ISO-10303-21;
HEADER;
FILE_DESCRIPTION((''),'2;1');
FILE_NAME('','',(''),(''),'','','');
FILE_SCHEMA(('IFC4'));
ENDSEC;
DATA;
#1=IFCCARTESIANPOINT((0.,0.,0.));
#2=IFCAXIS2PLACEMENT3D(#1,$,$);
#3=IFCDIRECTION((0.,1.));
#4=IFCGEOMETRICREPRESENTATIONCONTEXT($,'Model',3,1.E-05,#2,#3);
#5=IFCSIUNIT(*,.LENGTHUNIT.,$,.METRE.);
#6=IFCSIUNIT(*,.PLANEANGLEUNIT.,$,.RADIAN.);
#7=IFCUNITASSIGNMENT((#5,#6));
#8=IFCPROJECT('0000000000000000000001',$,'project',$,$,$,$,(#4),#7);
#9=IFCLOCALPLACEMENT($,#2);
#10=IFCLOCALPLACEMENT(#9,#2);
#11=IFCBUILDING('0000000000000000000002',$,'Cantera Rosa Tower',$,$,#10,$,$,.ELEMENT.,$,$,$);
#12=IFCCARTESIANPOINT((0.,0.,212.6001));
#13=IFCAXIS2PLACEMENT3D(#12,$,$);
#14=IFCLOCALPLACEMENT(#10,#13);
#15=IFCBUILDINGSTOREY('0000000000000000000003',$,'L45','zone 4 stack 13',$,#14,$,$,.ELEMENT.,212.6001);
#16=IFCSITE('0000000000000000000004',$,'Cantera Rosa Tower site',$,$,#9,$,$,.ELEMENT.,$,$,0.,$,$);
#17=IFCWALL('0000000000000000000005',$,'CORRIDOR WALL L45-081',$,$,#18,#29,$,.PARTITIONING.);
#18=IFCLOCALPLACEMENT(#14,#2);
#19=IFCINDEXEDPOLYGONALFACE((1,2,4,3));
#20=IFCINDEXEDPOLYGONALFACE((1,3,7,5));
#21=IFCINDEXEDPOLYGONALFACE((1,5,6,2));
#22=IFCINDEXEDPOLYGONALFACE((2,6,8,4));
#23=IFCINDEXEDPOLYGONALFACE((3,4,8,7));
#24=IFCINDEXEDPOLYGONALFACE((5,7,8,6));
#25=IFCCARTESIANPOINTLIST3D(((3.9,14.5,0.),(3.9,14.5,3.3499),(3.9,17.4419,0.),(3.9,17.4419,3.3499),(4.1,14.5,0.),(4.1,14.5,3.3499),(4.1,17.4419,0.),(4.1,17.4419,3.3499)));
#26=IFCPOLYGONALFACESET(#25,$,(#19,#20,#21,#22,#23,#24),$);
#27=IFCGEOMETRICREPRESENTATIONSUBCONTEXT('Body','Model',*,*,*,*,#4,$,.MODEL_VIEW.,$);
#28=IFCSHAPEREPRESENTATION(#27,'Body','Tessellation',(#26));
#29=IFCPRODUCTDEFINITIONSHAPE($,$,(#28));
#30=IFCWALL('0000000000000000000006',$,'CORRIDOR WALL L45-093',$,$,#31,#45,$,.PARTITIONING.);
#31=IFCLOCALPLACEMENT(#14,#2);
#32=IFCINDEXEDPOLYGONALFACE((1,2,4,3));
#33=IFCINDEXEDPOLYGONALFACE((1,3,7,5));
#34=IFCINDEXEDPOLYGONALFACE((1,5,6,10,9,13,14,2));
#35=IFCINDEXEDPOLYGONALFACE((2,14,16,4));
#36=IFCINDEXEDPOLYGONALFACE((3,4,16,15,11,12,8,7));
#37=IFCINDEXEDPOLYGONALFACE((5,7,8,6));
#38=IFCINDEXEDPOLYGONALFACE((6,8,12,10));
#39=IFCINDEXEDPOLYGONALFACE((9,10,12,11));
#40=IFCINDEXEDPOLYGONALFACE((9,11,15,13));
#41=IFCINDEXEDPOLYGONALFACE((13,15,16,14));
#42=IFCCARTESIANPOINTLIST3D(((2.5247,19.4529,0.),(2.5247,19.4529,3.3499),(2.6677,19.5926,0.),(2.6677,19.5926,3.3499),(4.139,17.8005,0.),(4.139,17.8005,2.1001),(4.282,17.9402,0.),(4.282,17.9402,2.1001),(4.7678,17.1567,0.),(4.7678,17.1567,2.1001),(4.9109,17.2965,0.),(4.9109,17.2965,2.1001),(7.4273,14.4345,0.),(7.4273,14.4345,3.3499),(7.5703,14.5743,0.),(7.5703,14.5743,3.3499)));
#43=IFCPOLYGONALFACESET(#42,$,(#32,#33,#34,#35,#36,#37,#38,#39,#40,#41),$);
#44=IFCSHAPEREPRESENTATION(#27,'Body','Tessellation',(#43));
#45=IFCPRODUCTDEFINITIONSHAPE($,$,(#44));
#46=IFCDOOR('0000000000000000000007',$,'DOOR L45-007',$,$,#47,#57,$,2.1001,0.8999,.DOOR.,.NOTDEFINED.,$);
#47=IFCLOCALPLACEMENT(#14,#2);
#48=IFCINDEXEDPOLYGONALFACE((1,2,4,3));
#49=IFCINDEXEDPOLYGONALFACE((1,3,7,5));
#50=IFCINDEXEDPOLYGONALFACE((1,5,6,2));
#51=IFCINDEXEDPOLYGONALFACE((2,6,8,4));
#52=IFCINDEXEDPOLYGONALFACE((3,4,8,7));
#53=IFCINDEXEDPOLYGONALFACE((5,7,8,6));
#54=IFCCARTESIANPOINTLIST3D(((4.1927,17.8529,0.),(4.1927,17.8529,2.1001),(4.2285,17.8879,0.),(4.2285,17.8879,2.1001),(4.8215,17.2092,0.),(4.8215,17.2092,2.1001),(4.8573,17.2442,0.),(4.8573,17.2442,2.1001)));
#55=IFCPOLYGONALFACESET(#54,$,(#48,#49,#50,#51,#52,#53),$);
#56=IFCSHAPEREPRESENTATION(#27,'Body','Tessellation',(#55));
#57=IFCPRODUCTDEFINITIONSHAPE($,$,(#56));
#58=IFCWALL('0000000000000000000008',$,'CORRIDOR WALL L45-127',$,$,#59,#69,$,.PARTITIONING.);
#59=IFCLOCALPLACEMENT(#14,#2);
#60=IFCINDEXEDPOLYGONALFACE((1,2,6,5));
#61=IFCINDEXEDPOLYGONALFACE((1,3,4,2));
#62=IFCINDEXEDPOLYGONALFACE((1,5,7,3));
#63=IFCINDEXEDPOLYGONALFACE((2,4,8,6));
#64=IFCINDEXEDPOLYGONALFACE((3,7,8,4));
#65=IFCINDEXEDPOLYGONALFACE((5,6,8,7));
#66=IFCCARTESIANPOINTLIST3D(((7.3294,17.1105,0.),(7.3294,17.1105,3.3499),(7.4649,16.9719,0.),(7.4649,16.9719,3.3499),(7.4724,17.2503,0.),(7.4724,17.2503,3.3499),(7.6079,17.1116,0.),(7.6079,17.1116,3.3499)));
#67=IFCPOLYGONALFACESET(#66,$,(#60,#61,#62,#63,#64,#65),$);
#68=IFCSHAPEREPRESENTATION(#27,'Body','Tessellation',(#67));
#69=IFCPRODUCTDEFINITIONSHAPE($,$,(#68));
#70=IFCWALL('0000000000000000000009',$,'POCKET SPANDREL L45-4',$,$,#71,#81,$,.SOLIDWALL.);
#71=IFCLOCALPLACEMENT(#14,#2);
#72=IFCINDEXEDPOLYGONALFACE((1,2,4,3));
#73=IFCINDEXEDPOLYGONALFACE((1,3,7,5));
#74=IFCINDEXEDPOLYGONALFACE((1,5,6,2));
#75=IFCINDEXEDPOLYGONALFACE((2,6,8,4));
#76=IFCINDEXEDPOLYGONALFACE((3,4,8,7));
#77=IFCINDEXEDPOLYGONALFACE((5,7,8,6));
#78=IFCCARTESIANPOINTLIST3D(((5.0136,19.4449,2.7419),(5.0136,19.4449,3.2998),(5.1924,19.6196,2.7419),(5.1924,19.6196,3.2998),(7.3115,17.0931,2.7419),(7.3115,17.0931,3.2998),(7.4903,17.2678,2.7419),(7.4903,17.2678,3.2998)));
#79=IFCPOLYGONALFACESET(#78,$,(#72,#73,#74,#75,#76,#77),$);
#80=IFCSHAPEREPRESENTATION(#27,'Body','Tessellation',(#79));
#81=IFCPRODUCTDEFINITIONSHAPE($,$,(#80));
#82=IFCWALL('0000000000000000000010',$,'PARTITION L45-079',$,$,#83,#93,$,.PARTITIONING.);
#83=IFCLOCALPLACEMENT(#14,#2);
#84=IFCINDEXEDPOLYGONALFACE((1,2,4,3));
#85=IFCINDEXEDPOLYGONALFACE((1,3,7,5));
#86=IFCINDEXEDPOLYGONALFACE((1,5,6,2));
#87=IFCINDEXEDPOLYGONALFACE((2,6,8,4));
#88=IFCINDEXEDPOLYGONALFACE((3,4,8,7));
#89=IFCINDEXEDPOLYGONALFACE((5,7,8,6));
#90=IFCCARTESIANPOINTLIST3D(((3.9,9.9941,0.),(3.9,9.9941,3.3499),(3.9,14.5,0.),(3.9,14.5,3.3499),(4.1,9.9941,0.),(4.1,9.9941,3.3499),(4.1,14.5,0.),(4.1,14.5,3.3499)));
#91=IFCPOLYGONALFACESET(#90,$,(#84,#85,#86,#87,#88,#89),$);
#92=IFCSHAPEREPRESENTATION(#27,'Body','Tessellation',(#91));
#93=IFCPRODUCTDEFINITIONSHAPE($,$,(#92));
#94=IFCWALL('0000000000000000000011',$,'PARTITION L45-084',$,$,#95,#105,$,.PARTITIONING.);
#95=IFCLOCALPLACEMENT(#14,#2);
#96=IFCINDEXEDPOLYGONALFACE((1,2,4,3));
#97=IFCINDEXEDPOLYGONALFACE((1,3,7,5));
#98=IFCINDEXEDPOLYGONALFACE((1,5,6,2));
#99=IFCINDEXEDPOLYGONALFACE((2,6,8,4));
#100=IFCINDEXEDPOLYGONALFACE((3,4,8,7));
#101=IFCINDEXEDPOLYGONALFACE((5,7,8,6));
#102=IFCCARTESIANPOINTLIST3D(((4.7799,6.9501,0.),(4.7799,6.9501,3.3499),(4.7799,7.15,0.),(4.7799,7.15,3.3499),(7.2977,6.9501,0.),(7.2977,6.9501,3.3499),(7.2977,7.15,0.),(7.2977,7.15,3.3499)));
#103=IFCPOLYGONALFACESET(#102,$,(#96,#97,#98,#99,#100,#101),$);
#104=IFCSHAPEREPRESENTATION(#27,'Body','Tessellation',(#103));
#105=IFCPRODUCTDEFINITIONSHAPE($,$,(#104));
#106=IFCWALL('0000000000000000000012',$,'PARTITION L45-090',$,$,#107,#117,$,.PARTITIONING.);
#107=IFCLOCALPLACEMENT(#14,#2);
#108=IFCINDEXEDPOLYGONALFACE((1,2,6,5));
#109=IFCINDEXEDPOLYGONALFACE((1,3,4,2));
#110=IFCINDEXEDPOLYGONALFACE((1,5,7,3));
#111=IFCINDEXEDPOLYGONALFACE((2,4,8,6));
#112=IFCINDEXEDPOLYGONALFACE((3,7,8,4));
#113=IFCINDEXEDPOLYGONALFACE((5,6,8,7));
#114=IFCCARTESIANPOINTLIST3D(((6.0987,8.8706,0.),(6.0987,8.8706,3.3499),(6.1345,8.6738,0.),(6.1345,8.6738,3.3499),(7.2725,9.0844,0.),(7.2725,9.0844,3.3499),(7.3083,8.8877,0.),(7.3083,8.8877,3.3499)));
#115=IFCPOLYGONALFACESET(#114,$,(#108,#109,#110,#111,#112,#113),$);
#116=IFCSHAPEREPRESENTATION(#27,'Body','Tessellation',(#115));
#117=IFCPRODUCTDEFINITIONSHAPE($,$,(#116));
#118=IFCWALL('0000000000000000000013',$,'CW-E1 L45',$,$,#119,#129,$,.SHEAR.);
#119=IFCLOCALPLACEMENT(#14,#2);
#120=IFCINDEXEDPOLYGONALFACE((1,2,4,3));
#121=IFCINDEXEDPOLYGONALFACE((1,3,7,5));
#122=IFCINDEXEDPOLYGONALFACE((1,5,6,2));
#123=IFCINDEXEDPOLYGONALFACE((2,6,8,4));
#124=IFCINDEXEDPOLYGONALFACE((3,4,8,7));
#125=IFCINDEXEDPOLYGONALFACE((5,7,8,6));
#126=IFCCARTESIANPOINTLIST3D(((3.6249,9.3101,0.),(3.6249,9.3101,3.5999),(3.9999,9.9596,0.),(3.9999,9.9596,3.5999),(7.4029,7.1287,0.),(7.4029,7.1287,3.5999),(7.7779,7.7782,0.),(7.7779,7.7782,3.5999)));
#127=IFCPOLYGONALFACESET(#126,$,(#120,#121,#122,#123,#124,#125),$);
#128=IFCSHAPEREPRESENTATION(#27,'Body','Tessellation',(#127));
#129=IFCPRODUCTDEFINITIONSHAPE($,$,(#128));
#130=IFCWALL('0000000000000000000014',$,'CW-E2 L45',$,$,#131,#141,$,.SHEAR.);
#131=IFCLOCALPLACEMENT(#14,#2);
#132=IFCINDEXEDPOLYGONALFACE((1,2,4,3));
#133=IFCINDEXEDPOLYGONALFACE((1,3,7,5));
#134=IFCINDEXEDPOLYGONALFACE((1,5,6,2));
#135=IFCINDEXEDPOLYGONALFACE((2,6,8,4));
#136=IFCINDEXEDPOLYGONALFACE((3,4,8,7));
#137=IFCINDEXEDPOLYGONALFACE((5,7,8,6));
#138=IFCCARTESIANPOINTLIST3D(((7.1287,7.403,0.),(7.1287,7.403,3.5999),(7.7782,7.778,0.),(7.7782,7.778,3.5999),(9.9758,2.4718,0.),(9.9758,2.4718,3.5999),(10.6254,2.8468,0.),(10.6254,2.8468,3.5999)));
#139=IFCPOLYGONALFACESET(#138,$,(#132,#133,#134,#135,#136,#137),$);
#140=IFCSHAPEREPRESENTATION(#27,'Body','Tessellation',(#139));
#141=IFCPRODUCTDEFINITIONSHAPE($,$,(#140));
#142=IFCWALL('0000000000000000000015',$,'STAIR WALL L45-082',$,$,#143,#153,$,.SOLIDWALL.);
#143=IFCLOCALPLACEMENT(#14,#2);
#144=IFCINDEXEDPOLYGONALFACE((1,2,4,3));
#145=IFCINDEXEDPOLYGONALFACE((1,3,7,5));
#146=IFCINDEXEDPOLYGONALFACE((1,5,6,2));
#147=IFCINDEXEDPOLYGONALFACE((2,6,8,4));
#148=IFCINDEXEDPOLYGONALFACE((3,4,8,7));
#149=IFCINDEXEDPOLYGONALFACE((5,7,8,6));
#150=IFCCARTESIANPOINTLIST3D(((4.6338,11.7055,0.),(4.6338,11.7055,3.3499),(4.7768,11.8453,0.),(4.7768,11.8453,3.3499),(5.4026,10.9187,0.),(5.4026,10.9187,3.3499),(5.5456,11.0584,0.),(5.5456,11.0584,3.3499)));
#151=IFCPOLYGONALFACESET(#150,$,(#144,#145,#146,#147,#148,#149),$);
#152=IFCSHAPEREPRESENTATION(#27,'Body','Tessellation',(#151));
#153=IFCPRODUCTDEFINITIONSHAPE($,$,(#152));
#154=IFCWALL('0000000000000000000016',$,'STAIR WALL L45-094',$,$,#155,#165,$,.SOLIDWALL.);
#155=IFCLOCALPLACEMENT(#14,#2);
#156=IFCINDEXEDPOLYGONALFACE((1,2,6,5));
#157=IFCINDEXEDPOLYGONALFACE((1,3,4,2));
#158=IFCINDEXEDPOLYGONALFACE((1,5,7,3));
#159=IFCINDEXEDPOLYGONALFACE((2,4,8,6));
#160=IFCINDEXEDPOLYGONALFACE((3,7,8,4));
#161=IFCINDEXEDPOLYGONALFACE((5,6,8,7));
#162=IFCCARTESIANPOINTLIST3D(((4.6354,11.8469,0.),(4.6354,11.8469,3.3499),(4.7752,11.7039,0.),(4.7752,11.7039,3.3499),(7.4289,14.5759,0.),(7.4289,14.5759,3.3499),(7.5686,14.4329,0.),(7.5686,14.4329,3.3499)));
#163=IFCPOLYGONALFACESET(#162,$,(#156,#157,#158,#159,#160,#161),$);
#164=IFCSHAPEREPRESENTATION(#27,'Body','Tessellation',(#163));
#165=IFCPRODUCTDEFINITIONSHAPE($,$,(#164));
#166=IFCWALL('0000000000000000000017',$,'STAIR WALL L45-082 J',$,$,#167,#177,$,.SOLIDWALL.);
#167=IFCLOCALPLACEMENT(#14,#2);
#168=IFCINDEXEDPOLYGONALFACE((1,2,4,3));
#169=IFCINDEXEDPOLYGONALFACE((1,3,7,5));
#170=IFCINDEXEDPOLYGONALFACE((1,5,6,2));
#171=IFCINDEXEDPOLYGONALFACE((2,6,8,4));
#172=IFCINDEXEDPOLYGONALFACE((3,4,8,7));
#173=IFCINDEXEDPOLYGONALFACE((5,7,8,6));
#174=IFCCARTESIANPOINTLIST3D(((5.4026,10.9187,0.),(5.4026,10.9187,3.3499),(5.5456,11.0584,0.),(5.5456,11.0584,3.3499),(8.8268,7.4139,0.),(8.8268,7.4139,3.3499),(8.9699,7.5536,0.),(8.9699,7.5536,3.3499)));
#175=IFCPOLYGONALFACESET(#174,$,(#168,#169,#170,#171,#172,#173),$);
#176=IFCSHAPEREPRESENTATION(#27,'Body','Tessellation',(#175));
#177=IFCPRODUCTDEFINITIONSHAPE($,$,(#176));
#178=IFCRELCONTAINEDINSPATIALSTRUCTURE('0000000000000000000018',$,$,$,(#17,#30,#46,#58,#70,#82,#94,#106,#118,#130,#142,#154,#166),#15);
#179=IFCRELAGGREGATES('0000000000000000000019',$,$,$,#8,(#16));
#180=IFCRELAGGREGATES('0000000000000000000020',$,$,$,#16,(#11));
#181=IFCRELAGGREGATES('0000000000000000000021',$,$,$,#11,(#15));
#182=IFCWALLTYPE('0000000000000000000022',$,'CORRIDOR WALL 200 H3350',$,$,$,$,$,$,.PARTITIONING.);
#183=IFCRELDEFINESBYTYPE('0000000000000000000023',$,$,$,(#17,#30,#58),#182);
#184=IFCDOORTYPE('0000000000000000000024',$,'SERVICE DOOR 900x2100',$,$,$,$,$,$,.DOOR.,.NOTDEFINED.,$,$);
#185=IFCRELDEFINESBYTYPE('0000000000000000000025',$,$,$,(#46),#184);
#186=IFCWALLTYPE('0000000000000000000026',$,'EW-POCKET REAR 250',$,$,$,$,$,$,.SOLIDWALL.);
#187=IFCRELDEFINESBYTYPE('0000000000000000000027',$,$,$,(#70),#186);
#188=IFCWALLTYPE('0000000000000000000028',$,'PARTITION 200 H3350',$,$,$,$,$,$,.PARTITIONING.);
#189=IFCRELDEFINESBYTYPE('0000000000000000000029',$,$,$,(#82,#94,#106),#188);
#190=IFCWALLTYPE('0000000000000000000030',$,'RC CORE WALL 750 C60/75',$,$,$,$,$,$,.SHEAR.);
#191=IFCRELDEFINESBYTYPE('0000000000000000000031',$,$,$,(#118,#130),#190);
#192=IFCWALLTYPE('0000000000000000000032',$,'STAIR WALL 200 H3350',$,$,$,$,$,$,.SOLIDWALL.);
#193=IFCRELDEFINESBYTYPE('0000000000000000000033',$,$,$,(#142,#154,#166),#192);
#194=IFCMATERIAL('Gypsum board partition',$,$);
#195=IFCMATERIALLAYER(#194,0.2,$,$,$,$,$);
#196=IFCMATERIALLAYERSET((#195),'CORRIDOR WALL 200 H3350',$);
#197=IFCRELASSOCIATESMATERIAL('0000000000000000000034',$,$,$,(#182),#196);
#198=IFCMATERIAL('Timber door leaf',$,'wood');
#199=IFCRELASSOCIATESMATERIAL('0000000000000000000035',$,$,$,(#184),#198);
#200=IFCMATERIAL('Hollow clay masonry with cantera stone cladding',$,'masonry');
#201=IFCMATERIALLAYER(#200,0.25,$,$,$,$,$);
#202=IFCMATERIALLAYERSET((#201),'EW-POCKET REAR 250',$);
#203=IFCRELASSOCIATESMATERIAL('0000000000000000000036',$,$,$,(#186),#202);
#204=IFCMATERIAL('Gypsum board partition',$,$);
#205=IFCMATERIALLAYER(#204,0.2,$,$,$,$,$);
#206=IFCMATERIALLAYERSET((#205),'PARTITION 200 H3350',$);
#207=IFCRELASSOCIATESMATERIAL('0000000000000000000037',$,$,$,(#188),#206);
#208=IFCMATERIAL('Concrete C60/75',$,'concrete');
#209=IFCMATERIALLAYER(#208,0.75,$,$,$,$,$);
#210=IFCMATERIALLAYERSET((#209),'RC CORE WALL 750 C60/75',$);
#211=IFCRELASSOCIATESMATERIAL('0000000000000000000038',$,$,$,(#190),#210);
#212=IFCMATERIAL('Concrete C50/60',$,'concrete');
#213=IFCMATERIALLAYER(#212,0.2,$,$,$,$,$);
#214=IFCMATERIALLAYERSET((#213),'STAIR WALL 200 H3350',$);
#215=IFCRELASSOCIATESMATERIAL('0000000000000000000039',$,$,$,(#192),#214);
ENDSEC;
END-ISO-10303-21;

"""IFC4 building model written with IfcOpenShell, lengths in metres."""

from ifc_helpers import new_model, si_unit, direction, frame, frame_2d, origin, place, context, subcontext, project, spatial, rectangle, extrude, material, layer, layer_set, type_object, element, fill, save


model = new_model("IFC4")

# Units and contexts
model_context = context("Model", 3, precision=1e-05, world=origin(), true_north=direction((0.0, 1.0)))
body_context = subcontext(model_context, "Body", "Model", "MODEL_VIEW")
ifc_project = project(units=[si_unit("LENGTHUNIT", "METRE"), si_unit("PLANEANGLEUNIT", "RADIAN")], contexts=[model_context])

# Site, building, storey
site_placement = place(None, origin())
site = spatial("IfcSite", under=ifc_project, at=site_placement, Name="Cantera Rosa Tower site", CompositionType="ELEMENT", RefElevation=0.0)
building_placement = place(site_placement, origin())
building = spatial("IfcBuilding", under=site, at=building_placement, Name="Cantera Rosa Tower", CompositionType="ELEMENT")
storey_placement = place(building_placement, frame((0.0, 0.0, 212.6001)))
storey = spatial("IfcBuildingStorey", under=building, at=storey_placement, Name="L45", Description="zone 4 stack 13", CompositionType="ELEMENT", Elevation=212.6001)

# Shared definitions
ifc_material_1 = material(Name="Gypsum board partition")
ifc_layer_1 = layer(ifc_material_1, 0.2)
ifc_layer_set_1 = layer_set([ifc_layer_1], Name="CORRIDOR WALL 200 H3350")
wall_type_1 = type_object("IfcWallType", Name="CORRIDOR WALL 200 H3350", PredefinedType="PARTITIONING", material=ifc_layer_set_1)

# Wall
wall_1_placement = place(storey_placement, frame((4.0, 14.5, 0.0), z_axis=(0.0, 0.0, 1.0), x_axis=(0.0, 1.0, 0.0)))
element("IfcWall", 1, at=wall_1_placement, inside=storey, type_object=wall_type_1, Name="CORRIDOR WALL L45-081", PredefinedType="PARTITIONING", context=body_context, shape_type="SweptSolid", body=[
    extrude(rectangle(XDim=2.9419, YDim=0.2, at=frame_2d((1.4709, 0.0))), origin(), (0.0, 0.0, 1.0), 3.3499),
])

# Wall, opening, door
wall_2_placement = place(storey_placement, frame((7.4988, 14.5044, 0.0), z_axis=(0.0, 0.0, 1.0), x_axis=(-0.698811, 0.715306, 0.0)))
wall_2 = element("IfcWall", 2, at=wall_2_placement, inside=storey, type_object=wall_type_1, Name="CORRIDOR WALL L45-093", PredefinedType="PARTITIONING", context=body_context, shape_type="SweptSolid", body=[
    extrude(rectangle(XDim=7.0156, YDim=0.2, at=frame_2d((3.5078, 0.0))), origin(), (0.0, 0.0, 1.0), 3.3499),
])
opening_1_placement = place(wall_2_placement, frame((3.8057, 0.0, 0.0)))
opening_1 = element("IfcOpeningElement", 3, at=opening_1_placement, cuts=wall_2, PredefinedType="OPENING", context=body_context, shape_type="SweptSolid", body=[
    extrude(rectangle(XDim=0.8999, YDim=2.1001, at=frame_2d((0.45, 1.05))), frame((0.0, 0.1099, 0.0), z_axis=(0.0, -1.0, 0.0), x_axis=(1.0, 0.0, 0.0)), (0.0, 0.0, 1.0), 0.22),
])
ifc_material_2 = material(Name="Timber door leaf", Category="wood")
door_type_1 = type_object("IfcDoorType", Name="SERVICE DOOR 900x2100", OperationType="NOTDEFINED", PredefinedType="DOOR", material=ifc_material_2)
door_1_placement = place(opening_1_placement, origin())
door_1 = element("IfcDoor", 4, at=door_1_placement, inside=storey, type_object=door_type_1, Name="DOOR L45-007", OperationType="NOTDEFINED", OverallHeight=2.1001, OverallWidth=0.8999, PredefinedType="DOOR", context=body_context, shape_type="SweptSolid", body=[
    extrude(rectangle(XDim=0.8999, YDim=2.1001, at=frame_2d((0.45, 1.05))), frame((0.0, 0.0249, 0.0), z_axis=(0.0, -1.0, 0.0), x_axis=(1.0, 0.0, 0.0)), (0.0, 0.0, 1.0), 0.05),
])
fill(opening_1, door_1)

# Walls
wall_3_placement = place(storey_placement, frame((7.5364, 17.0417, 0.0), z_axis=(0.0, 0.0, 1.0), x_axis=(-0.698874, 0.715244, 0.0)))
element("IfcWall", 5, at=wall_3_placement, inside=storey, type_object=wall_type_1, Name="CORRIDOR WALL L45-127", PredefinedType="PARTITIONING", context=body_context, shape_type="SweptSolid", body=[
    extrude(rectangle(XDim=0.1938, YDim=0.2, at=frame_2d((0.0969, 0.0))), origin(), (0.0, 0.0, 1.0), 3.3499),
])
ifc_material_3 = material(Name="Hollow clay masonry with cantera stone cladding", Category="masonry")
ifc_layer_2 = layer(ifc_material_3, 0.25)
ifc_layer_set_2 = layer_set([ifc_layer_2], Name="EW-POCKET REAR 250")
wall_type_2 = type_object("IfcWallType", Name="EW-POCKET REAR 250", PredefinedType="SOLIDWALL", material=ifc_layer_set_2)
wall_4_placement = place(storey_placement, frame((7.4009, 17.1804, 2.7419), z_axis=(0.0, 0.0, 1.0), x_axis=(-0.698854, 0.715264, 0.0)))
element("IfcWall", 6, at=wall_4_placement, inside=storey, type_object=wall_type_2, Name="POCKET SPANDREL L45-4", PredefinedType="SOLIDWALL", context=body_context, shape_type="SweptSolid", body=[
    extrude(rectangle(XDim=3.2881, YDim=0.25, at=frame_2d((1.644, 0.0))), origin(), (0.0, 0.0, 1.0), 0.5579),
])
ifc_material_4 = material(Name="Gypsum board partition")
ifc_layer_3 = layer(ifc_material_4, 0.2)
ifc_layer_set_3 = layer_set([ifc_layer_3], Name="PARTITION 200 H3350")
wall_type_3 = type_object("IfcWallType", Name="PARTITION 200 H3350", PredefinedType="PARTITIONING", material=ifc_layer_set_3)
wall_5_placement = place(storey_placement, frame((4.0, 9.9941, 0.0), z_axis=(0.0, 0.0, 1.0), x_axis=(0.0, 1.0, 0.0)))
element("IfcWall", 7, at=wall_5_placement, inside=storey, type_object=wall_type_3, Name="PARTITION L45-079", PredefinedType="PARTITIONING", context=body_context, shape_type="SweptSolid", body=[
    extrude(rectangle(XDim=4.5059, YDim=0.2, at=frame_2d((2.2529, 0.0))), origin(), (0.0, 0.0, 1.0), 3.3499),
])
wall_6_placement = place(storey_placement, frame((4.78, 7.05, 0.0), z_axis=(0.0, 0.0, 1.0), x_axis=(1.0, 0.0, 0.0)))
element("IfcWall", 8, at=wall_6_placement, inside=storey, type_object=wall_type_3, Name="PARTITION L45-084", PredefinedType="PARTITIONING", context=body_context, shape_type="SweptSolid", body=[
    extrude(rectangle(XDim=2.5178, YDim=0.2, at=frame_2d((1.2588, 0.0))), origin(), (0.0, 0.0, 1.0), 3.3499),
])
wall_7_placement = place(storey_placement, frame((7.2905, 8.9861, 0.0), z_axis=(0.0, 0.0, 1.0), x_axis=(-0.983804, -0.179246, 0.0)))
element("IfcWall", 9, at=wall_7_placement, inside=storey, type_object=wall_type_3, Name="PARTITION L45-090", PredefinedType="PARTITIONING", context=body_context, shape_type="SweptSolid", body=[
    extrude(rectangle(XDim=1.1931, YDim=0.2, at=frame_2d((0.5967, 0.0))), origin(), (0.0, 0.0, 1.0), 3.3499),
])
ifc_material_5 = material(Name="Concrete C60/75", Category="concrete")
ifc_layer_4 = layer(ifc_material_5, 0.75)
ifc_layer_set_4 = layer_set([ifc_layer_4], Name="RC CORE WALL 750 C60/75")
wall_type_4 = type_object("IfcWallType", Name="RC CORE WALL 750 C60/75", PredefinedType="SHEAR", material=ifc_layer_set_4)
wall_8_placement = place(storey_placement, frame((3.8125, 9.6348, 0.0), z_axis=(0.0, 0.0, 1.0), x_axis=(0.866013, -0.500021, 0.0)))
element("IfcWall", 10, at=wall_8_placement, inside=storey, type_object=wall_type_4, Name="CW-E1 L45", PredefinedType="SHEAR", context=body_context, shape_type="SweptSolid", body=[
    extrude(rectangle(XDim=4.3625, YDim=0.75, at=frame_2d((2.1812, 0.0))), origin(), (0.0, 0.0, 1.0), 3.5999),
])
wall_9_placement = place(storey_placement, frame((7.4534, 7.5906, 0.0), z_axis=(0.0, 0.0, 1.0), x_axis=(0.500022, -0.866013, 0.0)))
element("IfcWall", 11, at=wall_9_placement, inside=storey, type_object=wall_type_4, Name="CW-E2 L45", PredefinedType="SHEAR", context=body_context, shape_type="SweptSolid", body=[
    extrude(rectangle(XDim=5.6941, YDim=0.75, at=frame_2d((2.8472, 0.0))), origin(), (0.0, 0.0, 1.0), 3.5999),
])
ifc_material_6 = material(Name="Concrete C50/60", Category="concrete")
ifc_layer_5 = layer(ifc_material_6, 0.2)
ifc_layer_set_5 = layer_set([ifc_layer_5], Name="STAIR WALL 200 H3350")
wall_type_5 = type_object("IfcWallType", Name="STAIR WALL 200 H3350", PredefinedType="SOLIDWALL", material=ifc_layer_set_5)
wall_10_placement = place(storey_placement, frame((4.7053, 11.7754, 0.0), z_axis=(0.0, 0.0, 1.0), x_axis=(0.698848, -0.71527, 0.0)))
element("IfcWall", 12, at=wall_10_placement, inside=storey, type_object=wall_type_5, Name="STAIR WALL L45-082", PredefinedType="SOLIDWALL", context=body_context, shape_type="SweptSolid", body=[
    extrude(rectangle(XDim=1.1001, YDim=0.2, at=frame_2d((0.55, 0.0))), origin(), (0.0, 0.0, 1.0), 3.3499),
])
wall_11_placement = place(storey_placement, frame((7.4988, 14.5044, 0.0), z_axis=(0.0, 0.0, 1.0), x_axis=(-0.715311, -0.698806, 0.0)))
element("IfcWall", 13, at=wall_11_placement, inside=storey, type_object=wall_type_5, Name="STAIR WALL L45-094", PredefinedType="SOLIDWALL", context=body_context, shape_type="SweptSolid", body=[
    extrude(rectangle(XDim=3.9053, YDim=0.2, at=frame_2d((1.9526, 0.0))), origin(), (0.0, 0.0, 1.0), 3.3499),
])
wall_12_placement = place(storey_placement, frame((5.4741, 10.9885, 0.0), z_axis=(0.0, 0.0, 1.0), x_axis=(0.698838, -0.71528, 0.0)))
element("IfcWall", 14, at=wall_12_placement, inside=storey, type_object=wall_type_5, Name="STAIR WALL L45-082 J", PredefinedType="SOLIDWALL", context=body_context, shape_type="SweptSolid", body=[
    extrude(rectangle(XDim=4.8999, YDim=0.2, at=frame_2d((2.45, 0.0))), origin(), (0.0, 0.0, 1.0), 3.3499),
])

save(model, "model.ifc")
